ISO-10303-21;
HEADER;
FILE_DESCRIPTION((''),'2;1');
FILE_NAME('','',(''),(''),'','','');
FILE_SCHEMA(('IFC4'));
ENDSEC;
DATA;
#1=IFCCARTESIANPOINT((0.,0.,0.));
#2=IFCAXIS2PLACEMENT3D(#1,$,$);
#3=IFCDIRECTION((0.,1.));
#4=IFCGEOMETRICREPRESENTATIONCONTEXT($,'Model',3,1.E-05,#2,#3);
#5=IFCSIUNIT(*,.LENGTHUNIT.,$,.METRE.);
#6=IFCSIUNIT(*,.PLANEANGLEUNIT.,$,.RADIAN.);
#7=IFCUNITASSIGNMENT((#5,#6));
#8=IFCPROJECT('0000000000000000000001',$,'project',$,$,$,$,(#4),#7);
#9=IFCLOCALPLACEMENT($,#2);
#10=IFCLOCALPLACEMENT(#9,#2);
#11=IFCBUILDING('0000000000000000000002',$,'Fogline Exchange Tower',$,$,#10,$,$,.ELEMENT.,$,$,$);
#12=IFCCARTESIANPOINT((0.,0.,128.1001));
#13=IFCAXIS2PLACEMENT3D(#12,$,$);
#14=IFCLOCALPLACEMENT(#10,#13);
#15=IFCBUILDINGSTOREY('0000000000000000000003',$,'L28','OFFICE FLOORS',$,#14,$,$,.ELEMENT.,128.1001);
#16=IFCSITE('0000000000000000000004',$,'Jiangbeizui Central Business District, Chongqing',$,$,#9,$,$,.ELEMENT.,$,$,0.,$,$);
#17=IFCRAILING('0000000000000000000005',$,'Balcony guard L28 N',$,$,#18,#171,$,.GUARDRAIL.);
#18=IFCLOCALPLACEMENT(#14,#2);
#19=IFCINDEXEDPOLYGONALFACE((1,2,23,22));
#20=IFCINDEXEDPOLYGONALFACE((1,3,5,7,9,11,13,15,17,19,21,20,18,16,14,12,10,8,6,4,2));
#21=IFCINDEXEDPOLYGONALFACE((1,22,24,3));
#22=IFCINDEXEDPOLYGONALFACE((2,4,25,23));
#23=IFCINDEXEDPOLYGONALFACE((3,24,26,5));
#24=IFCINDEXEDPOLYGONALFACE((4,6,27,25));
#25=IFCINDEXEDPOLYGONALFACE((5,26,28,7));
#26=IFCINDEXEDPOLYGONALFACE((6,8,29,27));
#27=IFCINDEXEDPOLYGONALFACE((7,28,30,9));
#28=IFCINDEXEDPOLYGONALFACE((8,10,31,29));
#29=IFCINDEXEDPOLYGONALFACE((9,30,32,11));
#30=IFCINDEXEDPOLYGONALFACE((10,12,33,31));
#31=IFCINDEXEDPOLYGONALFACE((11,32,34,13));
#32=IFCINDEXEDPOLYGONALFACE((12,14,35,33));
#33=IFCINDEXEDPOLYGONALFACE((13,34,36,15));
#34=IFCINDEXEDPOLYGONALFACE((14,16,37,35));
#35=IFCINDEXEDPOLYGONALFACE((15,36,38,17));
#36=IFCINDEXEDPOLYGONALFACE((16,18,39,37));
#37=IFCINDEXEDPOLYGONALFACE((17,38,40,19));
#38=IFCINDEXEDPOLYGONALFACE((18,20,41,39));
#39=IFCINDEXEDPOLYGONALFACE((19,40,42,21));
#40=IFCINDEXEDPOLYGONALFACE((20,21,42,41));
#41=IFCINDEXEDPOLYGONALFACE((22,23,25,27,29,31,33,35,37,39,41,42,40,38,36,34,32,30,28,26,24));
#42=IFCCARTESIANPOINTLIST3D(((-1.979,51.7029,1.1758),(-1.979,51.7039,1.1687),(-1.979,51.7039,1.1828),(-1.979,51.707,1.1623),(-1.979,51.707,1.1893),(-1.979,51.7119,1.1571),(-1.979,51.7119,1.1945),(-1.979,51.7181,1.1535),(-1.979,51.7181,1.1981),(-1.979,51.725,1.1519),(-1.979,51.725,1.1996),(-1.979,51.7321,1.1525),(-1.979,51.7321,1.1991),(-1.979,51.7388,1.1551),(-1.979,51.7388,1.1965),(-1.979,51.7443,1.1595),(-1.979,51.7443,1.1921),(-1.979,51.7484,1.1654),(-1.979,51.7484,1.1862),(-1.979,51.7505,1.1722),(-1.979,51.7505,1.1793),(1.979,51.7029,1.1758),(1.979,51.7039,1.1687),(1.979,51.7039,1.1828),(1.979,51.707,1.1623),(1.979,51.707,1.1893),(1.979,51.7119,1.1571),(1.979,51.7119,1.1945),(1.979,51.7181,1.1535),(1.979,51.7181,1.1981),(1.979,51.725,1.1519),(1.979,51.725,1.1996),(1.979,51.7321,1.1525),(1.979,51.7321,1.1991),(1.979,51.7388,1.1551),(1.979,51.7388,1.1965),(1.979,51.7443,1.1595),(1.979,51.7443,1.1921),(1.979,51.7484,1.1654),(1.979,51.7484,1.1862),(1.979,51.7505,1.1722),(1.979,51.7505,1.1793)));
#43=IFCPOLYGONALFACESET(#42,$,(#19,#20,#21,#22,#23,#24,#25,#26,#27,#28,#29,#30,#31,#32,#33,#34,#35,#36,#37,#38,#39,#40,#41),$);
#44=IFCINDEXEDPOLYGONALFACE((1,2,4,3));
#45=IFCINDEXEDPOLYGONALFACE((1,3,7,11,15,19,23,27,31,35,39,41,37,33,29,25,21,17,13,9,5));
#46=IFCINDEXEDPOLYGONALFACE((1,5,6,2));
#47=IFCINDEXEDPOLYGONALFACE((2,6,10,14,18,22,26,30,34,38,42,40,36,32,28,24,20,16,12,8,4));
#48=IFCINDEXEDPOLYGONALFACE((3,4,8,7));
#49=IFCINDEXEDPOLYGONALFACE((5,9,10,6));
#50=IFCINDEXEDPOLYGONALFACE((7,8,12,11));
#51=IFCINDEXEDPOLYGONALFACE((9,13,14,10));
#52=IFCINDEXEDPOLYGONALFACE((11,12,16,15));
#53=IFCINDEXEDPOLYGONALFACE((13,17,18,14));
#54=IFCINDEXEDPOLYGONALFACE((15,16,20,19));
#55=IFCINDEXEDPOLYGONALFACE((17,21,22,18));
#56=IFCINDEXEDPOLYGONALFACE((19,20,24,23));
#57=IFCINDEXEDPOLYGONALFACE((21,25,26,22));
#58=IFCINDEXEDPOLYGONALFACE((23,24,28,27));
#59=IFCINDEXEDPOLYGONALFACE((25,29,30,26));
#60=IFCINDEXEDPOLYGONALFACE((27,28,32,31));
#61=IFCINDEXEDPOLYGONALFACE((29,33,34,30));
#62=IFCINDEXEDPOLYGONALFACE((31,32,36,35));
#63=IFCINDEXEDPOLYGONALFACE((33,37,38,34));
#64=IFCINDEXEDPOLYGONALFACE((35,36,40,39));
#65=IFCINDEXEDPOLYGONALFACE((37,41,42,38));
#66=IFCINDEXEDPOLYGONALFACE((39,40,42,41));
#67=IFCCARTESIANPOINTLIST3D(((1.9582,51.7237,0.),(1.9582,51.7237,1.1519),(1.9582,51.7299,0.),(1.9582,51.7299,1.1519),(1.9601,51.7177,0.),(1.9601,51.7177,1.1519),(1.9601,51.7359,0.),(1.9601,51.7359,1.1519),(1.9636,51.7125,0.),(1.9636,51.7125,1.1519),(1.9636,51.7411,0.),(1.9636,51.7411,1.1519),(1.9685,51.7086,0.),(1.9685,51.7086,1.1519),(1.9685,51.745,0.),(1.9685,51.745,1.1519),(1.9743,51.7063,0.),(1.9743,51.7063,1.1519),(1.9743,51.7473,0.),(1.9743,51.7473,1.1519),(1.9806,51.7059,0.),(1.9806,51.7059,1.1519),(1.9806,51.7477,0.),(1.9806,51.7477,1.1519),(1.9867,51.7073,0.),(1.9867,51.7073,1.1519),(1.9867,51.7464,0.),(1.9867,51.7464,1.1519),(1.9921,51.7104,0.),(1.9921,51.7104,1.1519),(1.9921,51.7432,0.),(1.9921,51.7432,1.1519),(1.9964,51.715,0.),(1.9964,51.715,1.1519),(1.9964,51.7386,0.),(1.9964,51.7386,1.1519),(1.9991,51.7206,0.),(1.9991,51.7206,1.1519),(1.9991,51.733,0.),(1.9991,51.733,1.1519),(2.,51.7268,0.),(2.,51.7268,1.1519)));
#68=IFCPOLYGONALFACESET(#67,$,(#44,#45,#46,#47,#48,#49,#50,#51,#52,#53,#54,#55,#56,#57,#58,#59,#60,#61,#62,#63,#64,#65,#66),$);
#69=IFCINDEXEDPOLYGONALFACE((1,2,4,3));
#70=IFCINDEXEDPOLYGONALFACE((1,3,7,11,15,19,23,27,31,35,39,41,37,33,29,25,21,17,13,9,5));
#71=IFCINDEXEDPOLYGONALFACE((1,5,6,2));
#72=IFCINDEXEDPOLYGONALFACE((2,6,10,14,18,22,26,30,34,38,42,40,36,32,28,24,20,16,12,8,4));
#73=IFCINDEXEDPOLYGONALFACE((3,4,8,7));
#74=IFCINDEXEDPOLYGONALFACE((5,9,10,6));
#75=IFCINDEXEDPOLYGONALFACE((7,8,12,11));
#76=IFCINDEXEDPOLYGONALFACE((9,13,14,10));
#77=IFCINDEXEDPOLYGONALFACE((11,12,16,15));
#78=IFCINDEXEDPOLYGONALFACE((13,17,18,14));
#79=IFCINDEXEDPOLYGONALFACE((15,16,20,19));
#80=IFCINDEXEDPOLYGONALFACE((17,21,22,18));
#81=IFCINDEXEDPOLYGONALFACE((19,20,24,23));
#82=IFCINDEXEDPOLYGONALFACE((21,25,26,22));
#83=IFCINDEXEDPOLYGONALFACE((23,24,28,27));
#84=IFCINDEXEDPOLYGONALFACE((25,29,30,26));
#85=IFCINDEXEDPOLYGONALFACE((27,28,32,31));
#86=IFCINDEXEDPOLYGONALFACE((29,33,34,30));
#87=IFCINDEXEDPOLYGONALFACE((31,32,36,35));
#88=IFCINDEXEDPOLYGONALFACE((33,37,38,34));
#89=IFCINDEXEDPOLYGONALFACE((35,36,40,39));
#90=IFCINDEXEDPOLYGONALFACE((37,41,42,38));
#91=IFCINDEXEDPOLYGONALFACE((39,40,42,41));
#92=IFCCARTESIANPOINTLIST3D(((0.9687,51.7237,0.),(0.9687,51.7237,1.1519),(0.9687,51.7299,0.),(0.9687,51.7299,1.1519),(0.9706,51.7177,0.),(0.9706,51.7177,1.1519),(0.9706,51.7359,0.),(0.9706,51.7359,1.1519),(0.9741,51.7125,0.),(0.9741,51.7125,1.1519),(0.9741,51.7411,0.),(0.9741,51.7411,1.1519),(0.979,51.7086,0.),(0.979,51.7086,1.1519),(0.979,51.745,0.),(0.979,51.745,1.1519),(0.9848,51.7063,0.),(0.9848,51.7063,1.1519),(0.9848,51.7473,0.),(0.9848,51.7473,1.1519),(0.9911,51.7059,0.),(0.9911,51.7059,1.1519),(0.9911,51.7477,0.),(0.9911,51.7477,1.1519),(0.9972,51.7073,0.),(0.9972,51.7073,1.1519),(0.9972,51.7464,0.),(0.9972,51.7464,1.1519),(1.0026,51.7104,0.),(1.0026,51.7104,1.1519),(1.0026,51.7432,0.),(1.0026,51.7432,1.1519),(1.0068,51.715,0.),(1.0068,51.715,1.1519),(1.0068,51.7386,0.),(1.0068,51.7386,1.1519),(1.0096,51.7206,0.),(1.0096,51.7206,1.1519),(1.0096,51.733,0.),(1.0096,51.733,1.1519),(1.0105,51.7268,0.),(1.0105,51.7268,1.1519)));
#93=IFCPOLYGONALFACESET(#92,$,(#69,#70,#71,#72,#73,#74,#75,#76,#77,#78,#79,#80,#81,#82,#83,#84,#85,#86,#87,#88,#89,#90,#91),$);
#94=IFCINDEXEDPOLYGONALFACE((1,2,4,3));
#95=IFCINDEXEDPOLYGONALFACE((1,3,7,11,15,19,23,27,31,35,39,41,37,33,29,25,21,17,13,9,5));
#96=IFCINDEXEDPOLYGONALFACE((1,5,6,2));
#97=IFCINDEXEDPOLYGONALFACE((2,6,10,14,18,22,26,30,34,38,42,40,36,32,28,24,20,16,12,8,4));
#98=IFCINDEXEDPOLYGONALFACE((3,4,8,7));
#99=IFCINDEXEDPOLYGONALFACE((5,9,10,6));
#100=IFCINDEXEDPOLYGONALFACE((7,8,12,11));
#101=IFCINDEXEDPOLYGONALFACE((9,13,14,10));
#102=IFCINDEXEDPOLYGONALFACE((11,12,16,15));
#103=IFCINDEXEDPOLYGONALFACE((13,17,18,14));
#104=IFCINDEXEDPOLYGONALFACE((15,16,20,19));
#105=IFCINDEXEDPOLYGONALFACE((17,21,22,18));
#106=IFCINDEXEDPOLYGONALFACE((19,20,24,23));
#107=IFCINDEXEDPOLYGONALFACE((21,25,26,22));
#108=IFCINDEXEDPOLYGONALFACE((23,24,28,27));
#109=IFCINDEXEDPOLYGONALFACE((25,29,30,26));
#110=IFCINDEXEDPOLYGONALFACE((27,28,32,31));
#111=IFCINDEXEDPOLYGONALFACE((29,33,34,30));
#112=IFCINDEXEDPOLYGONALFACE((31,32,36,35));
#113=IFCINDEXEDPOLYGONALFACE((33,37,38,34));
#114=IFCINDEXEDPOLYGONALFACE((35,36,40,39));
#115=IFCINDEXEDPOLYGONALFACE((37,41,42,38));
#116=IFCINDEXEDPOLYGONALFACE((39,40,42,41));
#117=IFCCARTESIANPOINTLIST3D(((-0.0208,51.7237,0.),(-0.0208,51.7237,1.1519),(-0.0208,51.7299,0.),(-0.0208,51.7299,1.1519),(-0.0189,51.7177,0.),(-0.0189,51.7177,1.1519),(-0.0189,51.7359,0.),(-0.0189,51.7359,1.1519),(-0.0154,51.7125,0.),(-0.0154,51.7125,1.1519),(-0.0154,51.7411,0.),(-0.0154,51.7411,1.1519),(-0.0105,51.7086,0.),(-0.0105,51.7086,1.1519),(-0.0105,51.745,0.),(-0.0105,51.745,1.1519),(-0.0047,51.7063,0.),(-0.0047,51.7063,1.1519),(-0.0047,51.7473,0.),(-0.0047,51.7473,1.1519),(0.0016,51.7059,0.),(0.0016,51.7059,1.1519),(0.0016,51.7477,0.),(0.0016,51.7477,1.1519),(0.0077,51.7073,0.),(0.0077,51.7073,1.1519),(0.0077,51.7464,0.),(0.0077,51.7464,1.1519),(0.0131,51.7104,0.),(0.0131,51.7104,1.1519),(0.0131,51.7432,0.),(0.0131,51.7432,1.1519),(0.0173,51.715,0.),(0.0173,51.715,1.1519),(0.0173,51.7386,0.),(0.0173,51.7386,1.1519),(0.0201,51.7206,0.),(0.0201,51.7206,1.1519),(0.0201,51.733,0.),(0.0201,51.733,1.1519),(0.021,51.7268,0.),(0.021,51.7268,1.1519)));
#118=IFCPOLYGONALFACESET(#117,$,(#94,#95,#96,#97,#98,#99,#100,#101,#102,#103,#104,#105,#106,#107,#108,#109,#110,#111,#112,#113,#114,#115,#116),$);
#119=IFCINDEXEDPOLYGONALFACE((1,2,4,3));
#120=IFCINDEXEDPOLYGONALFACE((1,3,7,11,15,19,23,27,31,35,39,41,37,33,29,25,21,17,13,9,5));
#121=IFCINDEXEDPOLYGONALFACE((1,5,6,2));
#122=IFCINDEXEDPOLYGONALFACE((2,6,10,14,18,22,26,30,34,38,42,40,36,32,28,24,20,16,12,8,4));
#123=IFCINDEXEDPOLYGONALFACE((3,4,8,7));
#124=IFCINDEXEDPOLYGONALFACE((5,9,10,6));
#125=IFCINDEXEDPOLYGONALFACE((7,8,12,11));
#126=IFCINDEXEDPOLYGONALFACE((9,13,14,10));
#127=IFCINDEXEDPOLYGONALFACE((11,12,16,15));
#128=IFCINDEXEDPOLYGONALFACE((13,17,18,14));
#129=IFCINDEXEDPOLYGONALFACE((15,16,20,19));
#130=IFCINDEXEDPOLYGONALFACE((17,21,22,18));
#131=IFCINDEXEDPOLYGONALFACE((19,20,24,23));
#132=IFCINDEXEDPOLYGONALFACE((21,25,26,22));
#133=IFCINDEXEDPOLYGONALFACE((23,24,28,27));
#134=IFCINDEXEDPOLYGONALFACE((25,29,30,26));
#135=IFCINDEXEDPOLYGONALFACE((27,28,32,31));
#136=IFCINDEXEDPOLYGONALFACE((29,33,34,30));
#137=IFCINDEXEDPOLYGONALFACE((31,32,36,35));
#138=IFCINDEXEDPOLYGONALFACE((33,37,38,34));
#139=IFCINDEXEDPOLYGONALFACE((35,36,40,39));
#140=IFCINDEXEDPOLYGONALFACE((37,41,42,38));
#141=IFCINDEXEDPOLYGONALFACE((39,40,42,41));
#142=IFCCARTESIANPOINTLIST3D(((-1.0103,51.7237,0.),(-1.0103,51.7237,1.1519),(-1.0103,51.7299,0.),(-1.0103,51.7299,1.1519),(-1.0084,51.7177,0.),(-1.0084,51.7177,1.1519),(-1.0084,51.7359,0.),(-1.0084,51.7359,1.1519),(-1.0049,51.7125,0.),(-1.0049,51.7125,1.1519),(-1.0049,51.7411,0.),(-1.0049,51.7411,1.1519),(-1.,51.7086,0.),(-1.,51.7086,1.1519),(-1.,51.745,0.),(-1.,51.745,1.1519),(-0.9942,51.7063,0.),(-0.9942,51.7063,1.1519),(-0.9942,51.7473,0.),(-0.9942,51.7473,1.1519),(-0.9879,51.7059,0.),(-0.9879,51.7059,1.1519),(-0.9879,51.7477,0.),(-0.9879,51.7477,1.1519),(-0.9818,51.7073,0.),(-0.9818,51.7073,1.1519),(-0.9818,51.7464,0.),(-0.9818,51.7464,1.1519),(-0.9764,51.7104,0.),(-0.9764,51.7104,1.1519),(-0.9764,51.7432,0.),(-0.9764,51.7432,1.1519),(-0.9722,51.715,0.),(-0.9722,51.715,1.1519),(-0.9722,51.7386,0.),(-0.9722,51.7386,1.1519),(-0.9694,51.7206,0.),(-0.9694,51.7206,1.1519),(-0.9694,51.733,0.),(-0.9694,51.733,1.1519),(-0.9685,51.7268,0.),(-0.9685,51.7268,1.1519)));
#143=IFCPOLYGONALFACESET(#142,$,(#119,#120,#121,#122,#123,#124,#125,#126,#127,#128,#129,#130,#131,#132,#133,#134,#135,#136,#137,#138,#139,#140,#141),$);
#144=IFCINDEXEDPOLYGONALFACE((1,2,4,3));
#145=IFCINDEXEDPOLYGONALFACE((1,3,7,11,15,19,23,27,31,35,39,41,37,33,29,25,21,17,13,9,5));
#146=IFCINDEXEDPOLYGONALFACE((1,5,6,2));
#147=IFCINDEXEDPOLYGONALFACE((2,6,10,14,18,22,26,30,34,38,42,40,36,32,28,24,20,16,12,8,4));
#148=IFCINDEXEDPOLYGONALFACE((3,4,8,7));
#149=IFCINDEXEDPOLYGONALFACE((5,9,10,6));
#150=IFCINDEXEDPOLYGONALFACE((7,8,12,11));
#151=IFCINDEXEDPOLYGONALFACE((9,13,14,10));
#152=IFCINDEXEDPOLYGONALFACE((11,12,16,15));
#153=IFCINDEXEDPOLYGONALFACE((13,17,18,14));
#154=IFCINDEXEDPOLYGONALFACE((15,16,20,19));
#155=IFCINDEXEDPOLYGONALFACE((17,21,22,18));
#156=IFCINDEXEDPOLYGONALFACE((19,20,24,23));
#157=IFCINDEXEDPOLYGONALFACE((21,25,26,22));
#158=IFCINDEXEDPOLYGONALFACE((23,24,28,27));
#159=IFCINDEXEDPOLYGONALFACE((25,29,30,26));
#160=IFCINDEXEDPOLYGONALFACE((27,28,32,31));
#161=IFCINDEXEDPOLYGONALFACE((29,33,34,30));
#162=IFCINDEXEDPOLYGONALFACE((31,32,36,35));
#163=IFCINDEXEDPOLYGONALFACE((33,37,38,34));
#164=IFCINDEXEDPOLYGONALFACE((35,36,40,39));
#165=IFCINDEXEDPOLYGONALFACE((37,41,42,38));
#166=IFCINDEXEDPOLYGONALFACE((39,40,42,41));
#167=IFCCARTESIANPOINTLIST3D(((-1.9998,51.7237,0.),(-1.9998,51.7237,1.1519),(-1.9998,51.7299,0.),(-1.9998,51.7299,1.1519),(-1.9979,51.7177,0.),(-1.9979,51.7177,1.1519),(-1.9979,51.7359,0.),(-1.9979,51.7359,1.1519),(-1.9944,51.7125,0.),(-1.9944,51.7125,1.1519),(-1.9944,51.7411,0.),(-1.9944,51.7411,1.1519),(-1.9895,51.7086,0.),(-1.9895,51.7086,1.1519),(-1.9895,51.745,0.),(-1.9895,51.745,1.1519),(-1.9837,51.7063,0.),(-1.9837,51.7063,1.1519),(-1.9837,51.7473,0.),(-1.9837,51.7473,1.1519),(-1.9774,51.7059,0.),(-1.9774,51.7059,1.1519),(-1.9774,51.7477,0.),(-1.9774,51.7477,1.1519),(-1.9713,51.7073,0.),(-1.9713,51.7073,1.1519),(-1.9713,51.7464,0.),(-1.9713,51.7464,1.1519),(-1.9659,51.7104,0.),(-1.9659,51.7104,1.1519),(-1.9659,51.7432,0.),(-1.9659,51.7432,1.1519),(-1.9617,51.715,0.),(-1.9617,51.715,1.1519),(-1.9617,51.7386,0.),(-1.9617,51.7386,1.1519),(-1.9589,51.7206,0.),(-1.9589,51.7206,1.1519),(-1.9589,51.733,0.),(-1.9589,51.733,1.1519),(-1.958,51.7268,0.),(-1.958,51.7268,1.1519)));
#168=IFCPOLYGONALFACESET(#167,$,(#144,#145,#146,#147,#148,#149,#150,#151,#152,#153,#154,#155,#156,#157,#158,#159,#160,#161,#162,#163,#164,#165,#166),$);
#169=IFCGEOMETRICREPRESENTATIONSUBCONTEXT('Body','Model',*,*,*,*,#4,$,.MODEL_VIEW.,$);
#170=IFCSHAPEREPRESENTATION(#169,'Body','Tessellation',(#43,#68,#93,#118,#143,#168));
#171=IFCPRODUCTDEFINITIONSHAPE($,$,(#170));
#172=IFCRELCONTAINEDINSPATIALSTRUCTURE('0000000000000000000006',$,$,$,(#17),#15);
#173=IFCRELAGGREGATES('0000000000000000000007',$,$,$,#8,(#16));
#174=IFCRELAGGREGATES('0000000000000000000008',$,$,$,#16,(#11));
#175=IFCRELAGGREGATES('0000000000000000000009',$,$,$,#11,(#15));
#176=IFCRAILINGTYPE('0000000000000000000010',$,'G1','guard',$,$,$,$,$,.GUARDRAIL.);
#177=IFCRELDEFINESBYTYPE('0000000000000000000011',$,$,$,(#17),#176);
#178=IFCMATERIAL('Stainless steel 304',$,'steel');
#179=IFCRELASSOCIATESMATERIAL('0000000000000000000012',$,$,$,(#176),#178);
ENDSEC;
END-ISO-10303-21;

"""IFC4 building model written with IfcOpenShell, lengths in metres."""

from ifc_helpers import new_model, si_unit, direction, frame, origin, origin_2d, place, context, subcontext, project, spatial, circle, extrude, material, type_object, element, save


model = new_model("IFC4")

# Units and contexts
model_context = context("Model", 3, precision=1e-05, world=origin(), true_north=direction((0.0, 1.0)))
body_context = subcontext(model_context, "Body", "Model", "MODEL_VIEW")
ifc_project = project(units=[si_unit("LENGTHUNIT", "METRE"), si_unit("PLANEANGLEUNIT", "RADIAN")], contexts=[model_context])

# Site, building, storey
site_placement = place(None, origin())
site = spatial("IfcSite", under=ifc_project, at=site_placement, Name="Jiangbeizui Central Business District, Chongqing", CompositionType="ELEMENT", RefElevation=0.0)
building_placement = place(site_placement, origin())
building = spatial("IfcBuilding", under=site, at=building_placement, Name="Fogline Exchange Tower", CompositionType="ELEMENT")
storey_placement = place(building_placement, frame((0.0, 0.0, 128.1001)))
storey = spatial("IfcBuildingStorey", under=building, at=storey_placement, Name="L28", Description="OFFICE FLOORS", CompositionType="ELEMENT", Elevation=128.1001)

# Railing
ifc_material_1 = material(Name="Stainless steel 304", Category="steel")
railing_type = type_object("IfcRailingType", Name="G1", Description="guard", PredefinedType="GUARDRAIL", material=ifc_material_1)
railing_placement = place(storey_placement, frame((1.979, 51.7268, 0.0)))
element("IfcRailing", 1, at=railing_placement, inside=storey, type_object=railing_type, Name="Balcony guard L28 N", PredefinedType="GUARDRAIL", context=body_context, shape_type="SweptSolid", body=[
    extrude(circle(Radius=0.0239, at=origin_2d()), frame((0.0, 0.0, 1.1758), z_axis=(-1.0, 0.0, 0.0), x_axis=(0.0, -1.0, 0.0)), (0.0, 0.0, 1.0), 3.958),
    extrude(circle(Radius=0.021, at=origin_2d()), origin(), (0.0, 0.0, 1.0), 1.1519),
    extrude(circle(Radius=0.021, at=origin_2d()), frame((-0.9895, 0.0, 0.0)), (0.0, 0.0, 1.0), 1.1519),
    extrude(circle(Radius=0.021, at=origin_2d()), frame((-1.979, 0.0, 0.0)), (0.0, 0.0, 1.0), 1.1519),
    extrude(circle(Radius=0.021, at=origin_2d()), frame((-2.9685, 0.0, 0.0)), (0.0, 0.0, 1.0), 1.1519),
    extrude(circle(Radius=0.021, at=origin_2d()), frame((-3.958, 0.0, 0.0)), (0.0, 0.0, 1.0), 1.1519),
])

save(model, "model.ifc")
